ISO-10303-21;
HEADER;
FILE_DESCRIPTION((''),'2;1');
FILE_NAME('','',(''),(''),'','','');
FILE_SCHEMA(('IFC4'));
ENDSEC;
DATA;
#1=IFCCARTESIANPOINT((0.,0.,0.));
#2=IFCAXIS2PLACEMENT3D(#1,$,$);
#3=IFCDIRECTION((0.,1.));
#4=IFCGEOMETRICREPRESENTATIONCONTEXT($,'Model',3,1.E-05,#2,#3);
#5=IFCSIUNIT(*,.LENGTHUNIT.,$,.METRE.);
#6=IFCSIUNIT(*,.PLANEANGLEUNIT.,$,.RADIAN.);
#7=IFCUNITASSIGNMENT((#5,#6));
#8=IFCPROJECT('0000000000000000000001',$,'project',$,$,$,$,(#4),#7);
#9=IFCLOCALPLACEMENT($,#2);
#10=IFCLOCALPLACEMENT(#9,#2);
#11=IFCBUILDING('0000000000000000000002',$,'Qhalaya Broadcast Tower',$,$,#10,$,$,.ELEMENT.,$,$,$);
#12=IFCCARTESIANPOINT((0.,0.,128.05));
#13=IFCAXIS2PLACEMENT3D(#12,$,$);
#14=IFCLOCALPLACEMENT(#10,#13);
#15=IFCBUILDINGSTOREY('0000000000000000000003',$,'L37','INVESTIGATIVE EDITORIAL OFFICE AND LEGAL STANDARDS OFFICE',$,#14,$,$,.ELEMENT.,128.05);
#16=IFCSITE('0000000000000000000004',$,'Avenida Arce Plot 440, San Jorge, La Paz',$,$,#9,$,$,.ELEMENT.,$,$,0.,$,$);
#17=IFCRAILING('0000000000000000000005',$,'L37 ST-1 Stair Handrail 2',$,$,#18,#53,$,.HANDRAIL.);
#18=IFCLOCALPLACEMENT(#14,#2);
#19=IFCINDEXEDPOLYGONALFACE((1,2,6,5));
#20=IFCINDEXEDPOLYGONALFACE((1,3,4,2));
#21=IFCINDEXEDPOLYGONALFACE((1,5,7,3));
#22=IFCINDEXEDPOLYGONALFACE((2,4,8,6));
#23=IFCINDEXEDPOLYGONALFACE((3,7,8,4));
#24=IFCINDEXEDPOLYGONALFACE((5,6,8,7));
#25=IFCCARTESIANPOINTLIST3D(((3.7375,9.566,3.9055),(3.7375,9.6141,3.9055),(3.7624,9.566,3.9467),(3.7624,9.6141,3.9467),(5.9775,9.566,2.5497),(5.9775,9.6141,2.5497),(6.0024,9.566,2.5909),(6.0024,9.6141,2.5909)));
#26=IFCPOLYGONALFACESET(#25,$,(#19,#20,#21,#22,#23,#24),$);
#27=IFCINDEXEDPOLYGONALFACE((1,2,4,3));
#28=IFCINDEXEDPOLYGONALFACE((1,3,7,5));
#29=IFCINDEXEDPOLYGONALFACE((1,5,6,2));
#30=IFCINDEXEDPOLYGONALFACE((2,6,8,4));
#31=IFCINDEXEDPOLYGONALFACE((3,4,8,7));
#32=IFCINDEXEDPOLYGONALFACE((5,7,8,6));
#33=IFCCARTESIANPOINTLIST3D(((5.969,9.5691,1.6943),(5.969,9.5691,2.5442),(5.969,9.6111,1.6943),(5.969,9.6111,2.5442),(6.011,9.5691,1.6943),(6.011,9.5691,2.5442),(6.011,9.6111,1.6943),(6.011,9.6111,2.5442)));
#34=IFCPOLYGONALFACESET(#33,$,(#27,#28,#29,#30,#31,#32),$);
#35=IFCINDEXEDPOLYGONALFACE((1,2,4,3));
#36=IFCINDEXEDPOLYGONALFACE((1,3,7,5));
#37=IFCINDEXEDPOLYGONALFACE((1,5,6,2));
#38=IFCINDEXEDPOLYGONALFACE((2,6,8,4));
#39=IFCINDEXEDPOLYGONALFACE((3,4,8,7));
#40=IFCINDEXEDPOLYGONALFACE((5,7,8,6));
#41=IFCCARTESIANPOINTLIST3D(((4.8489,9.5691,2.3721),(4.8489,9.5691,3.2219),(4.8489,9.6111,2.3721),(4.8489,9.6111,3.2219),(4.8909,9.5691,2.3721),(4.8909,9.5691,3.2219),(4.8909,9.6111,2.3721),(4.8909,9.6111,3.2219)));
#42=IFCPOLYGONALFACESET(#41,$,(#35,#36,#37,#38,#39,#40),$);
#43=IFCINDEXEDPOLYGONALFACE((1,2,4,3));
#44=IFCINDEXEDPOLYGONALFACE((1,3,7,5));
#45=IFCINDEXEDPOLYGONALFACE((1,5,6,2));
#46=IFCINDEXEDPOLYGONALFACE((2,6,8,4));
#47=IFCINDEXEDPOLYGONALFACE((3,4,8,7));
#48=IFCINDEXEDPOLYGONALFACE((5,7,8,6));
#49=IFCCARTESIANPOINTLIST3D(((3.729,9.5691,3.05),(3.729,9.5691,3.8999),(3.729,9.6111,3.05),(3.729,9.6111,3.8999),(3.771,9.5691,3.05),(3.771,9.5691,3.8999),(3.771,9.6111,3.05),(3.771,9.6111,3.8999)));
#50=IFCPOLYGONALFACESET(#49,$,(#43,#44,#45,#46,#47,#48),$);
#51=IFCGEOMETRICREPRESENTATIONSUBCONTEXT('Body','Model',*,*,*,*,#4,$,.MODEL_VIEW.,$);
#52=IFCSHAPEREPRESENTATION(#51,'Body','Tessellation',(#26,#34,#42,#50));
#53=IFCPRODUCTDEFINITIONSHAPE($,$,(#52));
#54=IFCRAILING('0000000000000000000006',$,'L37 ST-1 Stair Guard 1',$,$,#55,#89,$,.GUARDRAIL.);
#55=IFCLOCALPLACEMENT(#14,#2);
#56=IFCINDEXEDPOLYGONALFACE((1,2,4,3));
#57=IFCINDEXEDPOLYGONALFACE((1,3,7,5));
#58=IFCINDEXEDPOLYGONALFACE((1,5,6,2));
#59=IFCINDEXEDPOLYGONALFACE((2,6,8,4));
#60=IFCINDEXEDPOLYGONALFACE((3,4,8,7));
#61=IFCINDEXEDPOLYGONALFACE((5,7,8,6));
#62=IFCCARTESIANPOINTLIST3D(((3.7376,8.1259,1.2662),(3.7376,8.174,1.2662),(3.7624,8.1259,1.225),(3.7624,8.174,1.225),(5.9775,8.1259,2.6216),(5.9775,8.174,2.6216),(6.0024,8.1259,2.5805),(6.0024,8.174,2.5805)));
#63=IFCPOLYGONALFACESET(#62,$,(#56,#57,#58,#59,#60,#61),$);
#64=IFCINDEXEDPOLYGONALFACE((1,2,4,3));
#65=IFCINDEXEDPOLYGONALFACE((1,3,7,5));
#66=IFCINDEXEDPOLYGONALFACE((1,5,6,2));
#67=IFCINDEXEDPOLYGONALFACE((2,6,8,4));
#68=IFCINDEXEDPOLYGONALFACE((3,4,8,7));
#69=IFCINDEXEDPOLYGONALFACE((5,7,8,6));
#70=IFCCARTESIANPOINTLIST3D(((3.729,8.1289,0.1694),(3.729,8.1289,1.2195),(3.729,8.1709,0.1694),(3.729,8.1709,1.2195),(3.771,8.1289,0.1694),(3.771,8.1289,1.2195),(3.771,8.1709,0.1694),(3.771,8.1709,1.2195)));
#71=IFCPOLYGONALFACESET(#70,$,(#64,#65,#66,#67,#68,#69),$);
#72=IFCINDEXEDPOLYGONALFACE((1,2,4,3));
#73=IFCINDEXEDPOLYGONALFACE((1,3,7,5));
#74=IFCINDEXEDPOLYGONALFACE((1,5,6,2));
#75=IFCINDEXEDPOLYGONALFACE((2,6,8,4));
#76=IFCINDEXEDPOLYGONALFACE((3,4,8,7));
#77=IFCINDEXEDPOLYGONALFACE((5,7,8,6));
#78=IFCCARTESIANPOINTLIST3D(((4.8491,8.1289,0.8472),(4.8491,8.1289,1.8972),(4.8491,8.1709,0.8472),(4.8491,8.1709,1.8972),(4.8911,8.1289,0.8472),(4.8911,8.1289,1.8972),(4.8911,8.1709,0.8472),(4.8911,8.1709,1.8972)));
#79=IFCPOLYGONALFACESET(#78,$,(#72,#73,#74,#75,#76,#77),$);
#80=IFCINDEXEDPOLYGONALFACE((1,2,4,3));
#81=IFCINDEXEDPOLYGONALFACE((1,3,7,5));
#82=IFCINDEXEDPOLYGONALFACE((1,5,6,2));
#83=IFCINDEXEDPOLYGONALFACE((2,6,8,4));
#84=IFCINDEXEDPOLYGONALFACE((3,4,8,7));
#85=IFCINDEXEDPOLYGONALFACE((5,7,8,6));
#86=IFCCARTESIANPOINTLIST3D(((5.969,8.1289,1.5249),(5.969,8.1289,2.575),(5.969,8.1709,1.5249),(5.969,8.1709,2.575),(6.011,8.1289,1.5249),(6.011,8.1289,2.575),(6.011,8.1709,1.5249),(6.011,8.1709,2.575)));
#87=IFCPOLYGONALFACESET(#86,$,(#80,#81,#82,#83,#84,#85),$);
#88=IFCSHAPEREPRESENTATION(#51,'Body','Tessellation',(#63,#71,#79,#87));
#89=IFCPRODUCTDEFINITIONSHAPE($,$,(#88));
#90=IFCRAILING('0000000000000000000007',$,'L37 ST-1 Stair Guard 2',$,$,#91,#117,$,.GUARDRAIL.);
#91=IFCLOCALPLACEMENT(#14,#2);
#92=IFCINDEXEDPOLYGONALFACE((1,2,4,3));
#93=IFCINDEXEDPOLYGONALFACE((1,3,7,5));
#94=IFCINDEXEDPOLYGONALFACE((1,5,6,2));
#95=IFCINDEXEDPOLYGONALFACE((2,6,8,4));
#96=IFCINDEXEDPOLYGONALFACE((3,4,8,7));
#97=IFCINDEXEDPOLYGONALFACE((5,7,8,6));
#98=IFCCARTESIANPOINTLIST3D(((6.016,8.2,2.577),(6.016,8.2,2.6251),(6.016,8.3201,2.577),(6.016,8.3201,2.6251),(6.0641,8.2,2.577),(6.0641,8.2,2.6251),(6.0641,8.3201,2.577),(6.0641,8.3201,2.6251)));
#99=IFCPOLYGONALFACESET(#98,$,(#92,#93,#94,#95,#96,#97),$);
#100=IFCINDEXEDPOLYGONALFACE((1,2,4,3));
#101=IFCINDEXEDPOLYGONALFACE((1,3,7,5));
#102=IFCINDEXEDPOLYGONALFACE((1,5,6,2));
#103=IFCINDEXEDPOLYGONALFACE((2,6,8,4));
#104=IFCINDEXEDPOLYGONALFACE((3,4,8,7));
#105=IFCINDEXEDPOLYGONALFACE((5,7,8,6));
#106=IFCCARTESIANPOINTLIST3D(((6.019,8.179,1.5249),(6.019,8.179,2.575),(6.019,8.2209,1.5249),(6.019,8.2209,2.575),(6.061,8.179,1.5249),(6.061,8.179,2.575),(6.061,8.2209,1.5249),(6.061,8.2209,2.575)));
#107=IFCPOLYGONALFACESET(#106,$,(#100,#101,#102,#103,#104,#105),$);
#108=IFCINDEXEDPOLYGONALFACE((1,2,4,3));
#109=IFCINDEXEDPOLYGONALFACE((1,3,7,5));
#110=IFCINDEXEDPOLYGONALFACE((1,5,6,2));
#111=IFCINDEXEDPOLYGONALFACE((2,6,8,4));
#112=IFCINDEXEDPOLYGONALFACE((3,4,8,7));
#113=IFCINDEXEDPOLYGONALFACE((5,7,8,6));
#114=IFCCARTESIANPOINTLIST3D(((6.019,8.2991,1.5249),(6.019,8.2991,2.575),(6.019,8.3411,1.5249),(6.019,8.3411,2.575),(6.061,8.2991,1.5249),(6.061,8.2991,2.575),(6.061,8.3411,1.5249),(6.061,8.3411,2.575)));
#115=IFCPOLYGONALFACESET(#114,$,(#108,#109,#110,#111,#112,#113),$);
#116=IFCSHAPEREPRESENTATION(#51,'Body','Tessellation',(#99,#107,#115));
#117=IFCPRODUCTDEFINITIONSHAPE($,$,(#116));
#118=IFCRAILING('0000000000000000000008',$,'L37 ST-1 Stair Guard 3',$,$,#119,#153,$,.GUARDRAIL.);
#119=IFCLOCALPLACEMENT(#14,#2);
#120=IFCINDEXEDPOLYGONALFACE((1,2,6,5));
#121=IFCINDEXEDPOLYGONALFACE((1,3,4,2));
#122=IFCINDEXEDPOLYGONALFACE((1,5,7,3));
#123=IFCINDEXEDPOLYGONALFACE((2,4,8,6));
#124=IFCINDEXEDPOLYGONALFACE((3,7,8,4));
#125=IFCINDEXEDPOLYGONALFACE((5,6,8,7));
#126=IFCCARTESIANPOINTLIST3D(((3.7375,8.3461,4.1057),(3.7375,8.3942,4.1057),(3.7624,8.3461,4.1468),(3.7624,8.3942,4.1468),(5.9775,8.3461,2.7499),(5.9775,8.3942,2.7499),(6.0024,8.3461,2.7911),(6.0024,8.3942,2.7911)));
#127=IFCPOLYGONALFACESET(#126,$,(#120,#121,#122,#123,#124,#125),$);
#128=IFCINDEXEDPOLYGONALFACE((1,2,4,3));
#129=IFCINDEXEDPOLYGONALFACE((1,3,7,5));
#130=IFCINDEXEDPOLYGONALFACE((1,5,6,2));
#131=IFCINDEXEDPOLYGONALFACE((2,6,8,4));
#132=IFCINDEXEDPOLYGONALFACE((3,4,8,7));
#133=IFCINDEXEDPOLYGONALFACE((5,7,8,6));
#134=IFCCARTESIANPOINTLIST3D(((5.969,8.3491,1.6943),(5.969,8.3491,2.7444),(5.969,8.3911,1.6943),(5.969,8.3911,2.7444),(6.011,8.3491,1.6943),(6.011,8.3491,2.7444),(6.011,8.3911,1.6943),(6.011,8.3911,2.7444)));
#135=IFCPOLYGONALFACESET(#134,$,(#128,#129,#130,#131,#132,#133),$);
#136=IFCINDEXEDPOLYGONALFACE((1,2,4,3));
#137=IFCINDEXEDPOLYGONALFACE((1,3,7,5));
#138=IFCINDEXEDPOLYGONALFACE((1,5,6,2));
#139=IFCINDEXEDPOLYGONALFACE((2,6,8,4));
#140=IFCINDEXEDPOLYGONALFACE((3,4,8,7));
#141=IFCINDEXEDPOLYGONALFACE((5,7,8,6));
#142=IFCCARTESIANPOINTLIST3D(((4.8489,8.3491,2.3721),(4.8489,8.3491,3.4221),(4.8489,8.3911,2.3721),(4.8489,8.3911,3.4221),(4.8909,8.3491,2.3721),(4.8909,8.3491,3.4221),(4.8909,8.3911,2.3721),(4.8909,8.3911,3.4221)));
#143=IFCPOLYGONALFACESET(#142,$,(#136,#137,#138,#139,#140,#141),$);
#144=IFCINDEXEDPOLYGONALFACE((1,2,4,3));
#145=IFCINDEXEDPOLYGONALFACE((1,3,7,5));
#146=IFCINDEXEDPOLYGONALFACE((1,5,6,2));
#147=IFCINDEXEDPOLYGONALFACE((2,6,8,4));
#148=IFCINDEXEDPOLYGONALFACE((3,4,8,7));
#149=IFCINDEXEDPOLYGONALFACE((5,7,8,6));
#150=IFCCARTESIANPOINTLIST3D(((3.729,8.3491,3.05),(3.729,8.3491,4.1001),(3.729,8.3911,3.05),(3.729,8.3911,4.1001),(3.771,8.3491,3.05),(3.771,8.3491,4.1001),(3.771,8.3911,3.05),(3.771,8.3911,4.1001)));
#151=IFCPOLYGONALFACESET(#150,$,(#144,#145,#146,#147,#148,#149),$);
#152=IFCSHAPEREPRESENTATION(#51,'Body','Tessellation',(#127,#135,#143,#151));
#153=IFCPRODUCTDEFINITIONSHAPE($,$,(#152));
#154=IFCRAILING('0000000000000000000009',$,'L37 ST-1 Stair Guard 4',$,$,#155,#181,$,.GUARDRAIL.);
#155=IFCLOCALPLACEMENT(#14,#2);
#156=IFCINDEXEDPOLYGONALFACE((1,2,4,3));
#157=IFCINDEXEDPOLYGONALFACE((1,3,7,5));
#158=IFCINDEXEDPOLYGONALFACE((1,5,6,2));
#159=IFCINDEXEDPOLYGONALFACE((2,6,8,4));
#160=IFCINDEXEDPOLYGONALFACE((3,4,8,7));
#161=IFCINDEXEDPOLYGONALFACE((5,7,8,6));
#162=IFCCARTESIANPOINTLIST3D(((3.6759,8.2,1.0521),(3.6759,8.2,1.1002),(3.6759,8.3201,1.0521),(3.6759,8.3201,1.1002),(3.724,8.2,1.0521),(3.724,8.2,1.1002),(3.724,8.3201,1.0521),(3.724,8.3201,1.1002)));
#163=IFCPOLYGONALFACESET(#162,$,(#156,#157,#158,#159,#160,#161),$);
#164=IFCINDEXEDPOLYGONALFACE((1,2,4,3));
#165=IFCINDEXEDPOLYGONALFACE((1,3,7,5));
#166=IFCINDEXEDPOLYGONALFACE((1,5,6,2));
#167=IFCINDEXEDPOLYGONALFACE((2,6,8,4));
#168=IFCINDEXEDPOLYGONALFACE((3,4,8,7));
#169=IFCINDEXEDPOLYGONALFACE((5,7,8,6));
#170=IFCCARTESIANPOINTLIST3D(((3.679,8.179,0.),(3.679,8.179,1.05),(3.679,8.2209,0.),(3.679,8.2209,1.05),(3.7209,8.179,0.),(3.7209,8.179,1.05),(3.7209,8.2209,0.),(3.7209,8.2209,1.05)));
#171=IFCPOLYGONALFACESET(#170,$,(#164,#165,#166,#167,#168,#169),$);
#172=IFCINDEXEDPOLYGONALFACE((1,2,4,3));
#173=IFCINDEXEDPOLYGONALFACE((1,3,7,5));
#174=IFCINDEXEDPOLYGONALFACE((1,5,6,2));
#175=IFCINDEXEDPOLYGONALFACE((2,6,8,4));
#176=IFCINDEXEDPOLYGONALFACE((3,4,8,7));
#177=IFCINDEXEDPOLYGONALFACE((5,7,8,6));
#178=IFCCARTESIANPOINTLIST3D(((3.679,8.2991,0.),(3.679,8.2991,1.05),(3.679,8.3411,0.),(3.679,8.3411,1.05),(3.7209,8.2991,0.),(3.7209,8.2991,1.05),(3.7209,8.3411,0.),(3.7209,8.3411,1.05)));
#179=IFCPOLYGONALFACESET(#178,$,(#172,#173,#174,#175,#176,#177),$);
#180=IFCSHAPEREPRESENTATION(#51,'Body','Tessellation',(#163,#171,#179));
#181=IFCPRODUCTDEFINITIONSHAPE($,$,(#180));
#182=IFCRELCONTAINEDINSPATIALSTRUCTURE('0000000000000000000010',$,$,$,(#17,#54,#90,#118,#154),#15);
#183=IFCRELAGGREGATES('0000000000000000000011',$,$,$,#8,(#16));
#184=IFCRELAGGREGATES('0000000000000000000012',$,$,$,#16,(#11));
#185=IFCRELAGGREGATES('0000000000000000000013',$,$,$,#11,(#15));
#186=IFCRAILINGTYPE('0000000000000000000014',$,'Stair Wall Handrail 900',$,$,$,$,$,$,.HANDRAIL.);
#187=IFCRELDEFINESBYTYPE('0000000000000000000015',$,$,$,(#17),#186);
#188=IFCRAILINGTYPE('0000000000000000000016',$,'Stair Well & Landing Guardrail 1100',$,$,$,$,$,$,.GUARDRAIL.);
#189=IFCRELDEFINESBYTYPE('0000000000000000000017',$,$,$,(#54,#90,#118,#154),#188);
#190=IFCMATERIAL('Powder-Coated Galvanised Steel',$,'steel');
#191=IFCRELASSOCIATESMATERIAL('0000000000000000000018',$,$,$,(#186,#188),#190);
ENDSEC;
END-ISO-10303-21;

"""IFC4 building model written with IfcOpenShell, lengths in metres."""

from ifc_helpers import new_model, si_unit, direction, frame, origin, origin_2d, place, context, subcontext, project, spatial, rectangle, extrude, material, type_object, element, save


model = new_model("IFC4")

# Units and contexts
model_context = context("Model", 3, precision=1e-05, world=origin(), true_north=direction((0.0, 1.0)))
body_context = subcontext(model_context, "Body", "Model", "MODEL_VIEW")
ifc_project = project(units=[si_unit("LENGTHUNIT", "METRE"), si_unit("PLANEANGLEUNIT", "RADIAN")], contexts=[model_context])

# Site, building, storey
site_placement = place(None, origin())
site = spatial("IfcSite", under=ifc_project, at=site_placement, Name="Avenida Arce Plot 440, San Jorge, La Paz", CompositionType="ELEMENT", RefElevation=0.0)
building_placement = place(site_placement, origin())
building = spatial("IfcBuilding", under=site, at=building_placement, Name="Qhalaya Broadcast Tower", CompositionType="ELEMENT")
storey_placement = place(building_placement, frame((0.0, 0.0, 128.05)))
storey = spatial("IfcBuildingStorey", under=building, at=storey_placement, Name="L37", Description="INVESTIGATIVE EDITORIAL OFFICE AND LEGAL STANDARDS OFFICE", CompositionType="ELEMENT", Elevation=128.05)

# Railings
ifc_material_1 = material(Name="Powder-Coated Galvanised Steel", Category="steel")
railing_type_1 = type_object("IfcRailingType", Name="Stair Wall Handrail 900", PredefinedType="HANDRAIL", material=ifc_material_1)
railing_1_placement = place(storey_placement, frame((5.99, 9.5901, 1.6943)))
element("IfcRailing", 1, at=railing_1_placement, inside=storey, type_object=railing_type_1, Name="L37 ST-1 Stair Handrail 2", PredefinedType="HANDRAIL", context=body_context, shape_type="SweptSolid", body=[
    extrude(rectangle(XDim=0.0481, YDim=0.0481, at=origin_2d()), frame((0.0, 0.0, 0.876), z_axis=(-0.855512, 0.0, 0.517783), x_axis=(0.0, -1.0, 0.0)), (0.0, 0.0, 1.0), 2.6184),
    extrude(rectangle(XDim=0.042, YDim=0.042, at=origin_2d()), origin(), (0.0, 0.0, 1.0), 0.8499),
    extrude(rectangle(XDim=0.042, YDim=0.042, at=origin_2d()), frame((-1.1201, 0.0, 0.6777)), (0.0, 0.0, 1.0), 0.8499),
    extrude(rectangle(XDim=0.042, YDim=0.042, at=origin_2d()), frame((-2.24, 0.0, 1.3557)), (0.0, 0.0, 1.0), 0.8499),
])
railing_type_2 = type_object("IfcRailingType", Name="Stair Well & Landing Guardrail 1100", PredefinedType="GUARDRAIL", material=ifc_material_1)
railing_2_placement = place(storey_placement, frame((3.75, 8.1499, 0.1694)))
element("IfcRailing", 2, at=railing_2_placement, inside=storey, type_object=railing_type_2, Name="L37 ST-1 Stair Guard 1", PredefinedType="GUARDRAIL", context=body_context, shape_type="SweptSolid", body=[
    extrude(rectangle(XDim=0.0481, YDim=0.0481, at=origin_2d()), frame((0.0, 0.0, 1.0762), z_axis=(0.855553, 0.0, 0.517715), x_axis=(0.0, 1.0, 0.0)), (0.0, 0.0, 1.0), 2.6182),
    extrude(rectangle(XDim=0.042, YDim=0.042, at=origin_2d()), origin(), (0.0, 0.0, 1.0), 1.05),
    extrude(rectangle(XDim=0.042, YDim=0.042, at=origin_2d()), frame((1.1201, 0.0, 0.6777)), (0.0, 0.0, 1.0), 1.05),
    extrude(rectangle(XDim=0.042, YDim=0.042, at=origin_2d()), frame((2.24, 0.0, 1.3555)), (0.0, 0.0, 1.0), 1.05),
])
railing_3_placement = place(storey_placement, frame((6.04, 8.2, 1.5249)))
element("IfcRailing", 3, at=railing_3_placement, inside=storey, type_object=railing_type_2, Name="L37 ST-1 Stair Guard 2", PredefinedType="GUARDRAIL", context=body_context, shape_type="SweptSolid", body=[
    extrude(rectangle(XDim=0.0481, YDim=0.0481, at=origin_2d()), frame((0.0, 0.0, 1.0762), z_axis=(0.0, 1.0, 0.0), x_axis=(-1.0, 0.0, 0.0)), (0.0, 0.0, 1.0), 0.1201),
    extrude(rectangle(XDim=0.042, YDim=0.042, at=origin_2d()), origin(), (0.0, 0.0, 1.0), 1.05),
    extrude(rectangle(XDim=0.042, YDim=0.042, at=origin_2d()), frame((0.0, 0.1201, 0.0)), (0.0, 0.0, 1.0), 1.05),
])
railing_4_placement = place(storey_placement, frame((5.99, 8.3701, 1.6943)))
element("IfcRailing", 4, at=railing_4_placement, inside=storey, type_object=railing_type_2, Name="L37 ST-1 Stair Guard 3", PredefinedType="GUARDRAIL", context=body_context, shape_type="SweptSolid", body=[
    extrude(rectangle(XDim=0.0481, YDim=0.0481, at=origin_2d()), frame((0.0, 0.0, 1.0762), z_axis=(-0.855512, 0.0, 0.517783), x_axis=(0.0, -1.0, 0.0)), (0.0, 0.0, 1.0), 2.6184),
    extrude(rectangle(XDim=0.042, YDim=0.042, at=origin_2d()), origin(), (0.0, 0.0, 1.0), 1.05),
    extrude(rectangle(XDim=0.042, YDim=0.042, at=origin_2d()), frame((-1.1201, 0.0, 0.6777)), (0.0, 0.0, 1.0), 1.05),
    extrude(rectangle(XDim=0.042, YDim=0.042, at=origin_2d()), frame((-2.24, 0.0, 1.3557)), (0.0, 0.0, 1.0), 1.05),
])
railing_5_placement = place(storey_placement, frame((3.7, 8.2, 0.0)))
element("IfcRailing", 5, at=railing_5_placement, inside=storey, type_object=railing_type_2, Name="L37 ST-1 Stair Guard 4", PredefinedType="GUARDRAIL", context=body_context, shape_type="SweptSolid", body=[
    extrude(rectangle(XDim=0.0481, YDim=0.0481, at=origin_2d()), frame((0.0, 0.0, 1.0762), z_axis=(0.0, 1.0, 0.0), x_axis=(-1.0, 0.0, 0.0)), (0.0, 0.0, 1.0), 0.1201),
    extrude(rectangle(XDim=0.042, YDim=0.042, at=origin_2d()), origin(), (0.0, 0.0, 1.0), 1.05),
    extrude(rectangle(XDim=0.042, YDim=0.042, at=origin_2d()), frame((0.0, 0.1201, 0.0)), (0.0, 0.0, 1.0), 1.05),
])

save(model, "model.ifc")
